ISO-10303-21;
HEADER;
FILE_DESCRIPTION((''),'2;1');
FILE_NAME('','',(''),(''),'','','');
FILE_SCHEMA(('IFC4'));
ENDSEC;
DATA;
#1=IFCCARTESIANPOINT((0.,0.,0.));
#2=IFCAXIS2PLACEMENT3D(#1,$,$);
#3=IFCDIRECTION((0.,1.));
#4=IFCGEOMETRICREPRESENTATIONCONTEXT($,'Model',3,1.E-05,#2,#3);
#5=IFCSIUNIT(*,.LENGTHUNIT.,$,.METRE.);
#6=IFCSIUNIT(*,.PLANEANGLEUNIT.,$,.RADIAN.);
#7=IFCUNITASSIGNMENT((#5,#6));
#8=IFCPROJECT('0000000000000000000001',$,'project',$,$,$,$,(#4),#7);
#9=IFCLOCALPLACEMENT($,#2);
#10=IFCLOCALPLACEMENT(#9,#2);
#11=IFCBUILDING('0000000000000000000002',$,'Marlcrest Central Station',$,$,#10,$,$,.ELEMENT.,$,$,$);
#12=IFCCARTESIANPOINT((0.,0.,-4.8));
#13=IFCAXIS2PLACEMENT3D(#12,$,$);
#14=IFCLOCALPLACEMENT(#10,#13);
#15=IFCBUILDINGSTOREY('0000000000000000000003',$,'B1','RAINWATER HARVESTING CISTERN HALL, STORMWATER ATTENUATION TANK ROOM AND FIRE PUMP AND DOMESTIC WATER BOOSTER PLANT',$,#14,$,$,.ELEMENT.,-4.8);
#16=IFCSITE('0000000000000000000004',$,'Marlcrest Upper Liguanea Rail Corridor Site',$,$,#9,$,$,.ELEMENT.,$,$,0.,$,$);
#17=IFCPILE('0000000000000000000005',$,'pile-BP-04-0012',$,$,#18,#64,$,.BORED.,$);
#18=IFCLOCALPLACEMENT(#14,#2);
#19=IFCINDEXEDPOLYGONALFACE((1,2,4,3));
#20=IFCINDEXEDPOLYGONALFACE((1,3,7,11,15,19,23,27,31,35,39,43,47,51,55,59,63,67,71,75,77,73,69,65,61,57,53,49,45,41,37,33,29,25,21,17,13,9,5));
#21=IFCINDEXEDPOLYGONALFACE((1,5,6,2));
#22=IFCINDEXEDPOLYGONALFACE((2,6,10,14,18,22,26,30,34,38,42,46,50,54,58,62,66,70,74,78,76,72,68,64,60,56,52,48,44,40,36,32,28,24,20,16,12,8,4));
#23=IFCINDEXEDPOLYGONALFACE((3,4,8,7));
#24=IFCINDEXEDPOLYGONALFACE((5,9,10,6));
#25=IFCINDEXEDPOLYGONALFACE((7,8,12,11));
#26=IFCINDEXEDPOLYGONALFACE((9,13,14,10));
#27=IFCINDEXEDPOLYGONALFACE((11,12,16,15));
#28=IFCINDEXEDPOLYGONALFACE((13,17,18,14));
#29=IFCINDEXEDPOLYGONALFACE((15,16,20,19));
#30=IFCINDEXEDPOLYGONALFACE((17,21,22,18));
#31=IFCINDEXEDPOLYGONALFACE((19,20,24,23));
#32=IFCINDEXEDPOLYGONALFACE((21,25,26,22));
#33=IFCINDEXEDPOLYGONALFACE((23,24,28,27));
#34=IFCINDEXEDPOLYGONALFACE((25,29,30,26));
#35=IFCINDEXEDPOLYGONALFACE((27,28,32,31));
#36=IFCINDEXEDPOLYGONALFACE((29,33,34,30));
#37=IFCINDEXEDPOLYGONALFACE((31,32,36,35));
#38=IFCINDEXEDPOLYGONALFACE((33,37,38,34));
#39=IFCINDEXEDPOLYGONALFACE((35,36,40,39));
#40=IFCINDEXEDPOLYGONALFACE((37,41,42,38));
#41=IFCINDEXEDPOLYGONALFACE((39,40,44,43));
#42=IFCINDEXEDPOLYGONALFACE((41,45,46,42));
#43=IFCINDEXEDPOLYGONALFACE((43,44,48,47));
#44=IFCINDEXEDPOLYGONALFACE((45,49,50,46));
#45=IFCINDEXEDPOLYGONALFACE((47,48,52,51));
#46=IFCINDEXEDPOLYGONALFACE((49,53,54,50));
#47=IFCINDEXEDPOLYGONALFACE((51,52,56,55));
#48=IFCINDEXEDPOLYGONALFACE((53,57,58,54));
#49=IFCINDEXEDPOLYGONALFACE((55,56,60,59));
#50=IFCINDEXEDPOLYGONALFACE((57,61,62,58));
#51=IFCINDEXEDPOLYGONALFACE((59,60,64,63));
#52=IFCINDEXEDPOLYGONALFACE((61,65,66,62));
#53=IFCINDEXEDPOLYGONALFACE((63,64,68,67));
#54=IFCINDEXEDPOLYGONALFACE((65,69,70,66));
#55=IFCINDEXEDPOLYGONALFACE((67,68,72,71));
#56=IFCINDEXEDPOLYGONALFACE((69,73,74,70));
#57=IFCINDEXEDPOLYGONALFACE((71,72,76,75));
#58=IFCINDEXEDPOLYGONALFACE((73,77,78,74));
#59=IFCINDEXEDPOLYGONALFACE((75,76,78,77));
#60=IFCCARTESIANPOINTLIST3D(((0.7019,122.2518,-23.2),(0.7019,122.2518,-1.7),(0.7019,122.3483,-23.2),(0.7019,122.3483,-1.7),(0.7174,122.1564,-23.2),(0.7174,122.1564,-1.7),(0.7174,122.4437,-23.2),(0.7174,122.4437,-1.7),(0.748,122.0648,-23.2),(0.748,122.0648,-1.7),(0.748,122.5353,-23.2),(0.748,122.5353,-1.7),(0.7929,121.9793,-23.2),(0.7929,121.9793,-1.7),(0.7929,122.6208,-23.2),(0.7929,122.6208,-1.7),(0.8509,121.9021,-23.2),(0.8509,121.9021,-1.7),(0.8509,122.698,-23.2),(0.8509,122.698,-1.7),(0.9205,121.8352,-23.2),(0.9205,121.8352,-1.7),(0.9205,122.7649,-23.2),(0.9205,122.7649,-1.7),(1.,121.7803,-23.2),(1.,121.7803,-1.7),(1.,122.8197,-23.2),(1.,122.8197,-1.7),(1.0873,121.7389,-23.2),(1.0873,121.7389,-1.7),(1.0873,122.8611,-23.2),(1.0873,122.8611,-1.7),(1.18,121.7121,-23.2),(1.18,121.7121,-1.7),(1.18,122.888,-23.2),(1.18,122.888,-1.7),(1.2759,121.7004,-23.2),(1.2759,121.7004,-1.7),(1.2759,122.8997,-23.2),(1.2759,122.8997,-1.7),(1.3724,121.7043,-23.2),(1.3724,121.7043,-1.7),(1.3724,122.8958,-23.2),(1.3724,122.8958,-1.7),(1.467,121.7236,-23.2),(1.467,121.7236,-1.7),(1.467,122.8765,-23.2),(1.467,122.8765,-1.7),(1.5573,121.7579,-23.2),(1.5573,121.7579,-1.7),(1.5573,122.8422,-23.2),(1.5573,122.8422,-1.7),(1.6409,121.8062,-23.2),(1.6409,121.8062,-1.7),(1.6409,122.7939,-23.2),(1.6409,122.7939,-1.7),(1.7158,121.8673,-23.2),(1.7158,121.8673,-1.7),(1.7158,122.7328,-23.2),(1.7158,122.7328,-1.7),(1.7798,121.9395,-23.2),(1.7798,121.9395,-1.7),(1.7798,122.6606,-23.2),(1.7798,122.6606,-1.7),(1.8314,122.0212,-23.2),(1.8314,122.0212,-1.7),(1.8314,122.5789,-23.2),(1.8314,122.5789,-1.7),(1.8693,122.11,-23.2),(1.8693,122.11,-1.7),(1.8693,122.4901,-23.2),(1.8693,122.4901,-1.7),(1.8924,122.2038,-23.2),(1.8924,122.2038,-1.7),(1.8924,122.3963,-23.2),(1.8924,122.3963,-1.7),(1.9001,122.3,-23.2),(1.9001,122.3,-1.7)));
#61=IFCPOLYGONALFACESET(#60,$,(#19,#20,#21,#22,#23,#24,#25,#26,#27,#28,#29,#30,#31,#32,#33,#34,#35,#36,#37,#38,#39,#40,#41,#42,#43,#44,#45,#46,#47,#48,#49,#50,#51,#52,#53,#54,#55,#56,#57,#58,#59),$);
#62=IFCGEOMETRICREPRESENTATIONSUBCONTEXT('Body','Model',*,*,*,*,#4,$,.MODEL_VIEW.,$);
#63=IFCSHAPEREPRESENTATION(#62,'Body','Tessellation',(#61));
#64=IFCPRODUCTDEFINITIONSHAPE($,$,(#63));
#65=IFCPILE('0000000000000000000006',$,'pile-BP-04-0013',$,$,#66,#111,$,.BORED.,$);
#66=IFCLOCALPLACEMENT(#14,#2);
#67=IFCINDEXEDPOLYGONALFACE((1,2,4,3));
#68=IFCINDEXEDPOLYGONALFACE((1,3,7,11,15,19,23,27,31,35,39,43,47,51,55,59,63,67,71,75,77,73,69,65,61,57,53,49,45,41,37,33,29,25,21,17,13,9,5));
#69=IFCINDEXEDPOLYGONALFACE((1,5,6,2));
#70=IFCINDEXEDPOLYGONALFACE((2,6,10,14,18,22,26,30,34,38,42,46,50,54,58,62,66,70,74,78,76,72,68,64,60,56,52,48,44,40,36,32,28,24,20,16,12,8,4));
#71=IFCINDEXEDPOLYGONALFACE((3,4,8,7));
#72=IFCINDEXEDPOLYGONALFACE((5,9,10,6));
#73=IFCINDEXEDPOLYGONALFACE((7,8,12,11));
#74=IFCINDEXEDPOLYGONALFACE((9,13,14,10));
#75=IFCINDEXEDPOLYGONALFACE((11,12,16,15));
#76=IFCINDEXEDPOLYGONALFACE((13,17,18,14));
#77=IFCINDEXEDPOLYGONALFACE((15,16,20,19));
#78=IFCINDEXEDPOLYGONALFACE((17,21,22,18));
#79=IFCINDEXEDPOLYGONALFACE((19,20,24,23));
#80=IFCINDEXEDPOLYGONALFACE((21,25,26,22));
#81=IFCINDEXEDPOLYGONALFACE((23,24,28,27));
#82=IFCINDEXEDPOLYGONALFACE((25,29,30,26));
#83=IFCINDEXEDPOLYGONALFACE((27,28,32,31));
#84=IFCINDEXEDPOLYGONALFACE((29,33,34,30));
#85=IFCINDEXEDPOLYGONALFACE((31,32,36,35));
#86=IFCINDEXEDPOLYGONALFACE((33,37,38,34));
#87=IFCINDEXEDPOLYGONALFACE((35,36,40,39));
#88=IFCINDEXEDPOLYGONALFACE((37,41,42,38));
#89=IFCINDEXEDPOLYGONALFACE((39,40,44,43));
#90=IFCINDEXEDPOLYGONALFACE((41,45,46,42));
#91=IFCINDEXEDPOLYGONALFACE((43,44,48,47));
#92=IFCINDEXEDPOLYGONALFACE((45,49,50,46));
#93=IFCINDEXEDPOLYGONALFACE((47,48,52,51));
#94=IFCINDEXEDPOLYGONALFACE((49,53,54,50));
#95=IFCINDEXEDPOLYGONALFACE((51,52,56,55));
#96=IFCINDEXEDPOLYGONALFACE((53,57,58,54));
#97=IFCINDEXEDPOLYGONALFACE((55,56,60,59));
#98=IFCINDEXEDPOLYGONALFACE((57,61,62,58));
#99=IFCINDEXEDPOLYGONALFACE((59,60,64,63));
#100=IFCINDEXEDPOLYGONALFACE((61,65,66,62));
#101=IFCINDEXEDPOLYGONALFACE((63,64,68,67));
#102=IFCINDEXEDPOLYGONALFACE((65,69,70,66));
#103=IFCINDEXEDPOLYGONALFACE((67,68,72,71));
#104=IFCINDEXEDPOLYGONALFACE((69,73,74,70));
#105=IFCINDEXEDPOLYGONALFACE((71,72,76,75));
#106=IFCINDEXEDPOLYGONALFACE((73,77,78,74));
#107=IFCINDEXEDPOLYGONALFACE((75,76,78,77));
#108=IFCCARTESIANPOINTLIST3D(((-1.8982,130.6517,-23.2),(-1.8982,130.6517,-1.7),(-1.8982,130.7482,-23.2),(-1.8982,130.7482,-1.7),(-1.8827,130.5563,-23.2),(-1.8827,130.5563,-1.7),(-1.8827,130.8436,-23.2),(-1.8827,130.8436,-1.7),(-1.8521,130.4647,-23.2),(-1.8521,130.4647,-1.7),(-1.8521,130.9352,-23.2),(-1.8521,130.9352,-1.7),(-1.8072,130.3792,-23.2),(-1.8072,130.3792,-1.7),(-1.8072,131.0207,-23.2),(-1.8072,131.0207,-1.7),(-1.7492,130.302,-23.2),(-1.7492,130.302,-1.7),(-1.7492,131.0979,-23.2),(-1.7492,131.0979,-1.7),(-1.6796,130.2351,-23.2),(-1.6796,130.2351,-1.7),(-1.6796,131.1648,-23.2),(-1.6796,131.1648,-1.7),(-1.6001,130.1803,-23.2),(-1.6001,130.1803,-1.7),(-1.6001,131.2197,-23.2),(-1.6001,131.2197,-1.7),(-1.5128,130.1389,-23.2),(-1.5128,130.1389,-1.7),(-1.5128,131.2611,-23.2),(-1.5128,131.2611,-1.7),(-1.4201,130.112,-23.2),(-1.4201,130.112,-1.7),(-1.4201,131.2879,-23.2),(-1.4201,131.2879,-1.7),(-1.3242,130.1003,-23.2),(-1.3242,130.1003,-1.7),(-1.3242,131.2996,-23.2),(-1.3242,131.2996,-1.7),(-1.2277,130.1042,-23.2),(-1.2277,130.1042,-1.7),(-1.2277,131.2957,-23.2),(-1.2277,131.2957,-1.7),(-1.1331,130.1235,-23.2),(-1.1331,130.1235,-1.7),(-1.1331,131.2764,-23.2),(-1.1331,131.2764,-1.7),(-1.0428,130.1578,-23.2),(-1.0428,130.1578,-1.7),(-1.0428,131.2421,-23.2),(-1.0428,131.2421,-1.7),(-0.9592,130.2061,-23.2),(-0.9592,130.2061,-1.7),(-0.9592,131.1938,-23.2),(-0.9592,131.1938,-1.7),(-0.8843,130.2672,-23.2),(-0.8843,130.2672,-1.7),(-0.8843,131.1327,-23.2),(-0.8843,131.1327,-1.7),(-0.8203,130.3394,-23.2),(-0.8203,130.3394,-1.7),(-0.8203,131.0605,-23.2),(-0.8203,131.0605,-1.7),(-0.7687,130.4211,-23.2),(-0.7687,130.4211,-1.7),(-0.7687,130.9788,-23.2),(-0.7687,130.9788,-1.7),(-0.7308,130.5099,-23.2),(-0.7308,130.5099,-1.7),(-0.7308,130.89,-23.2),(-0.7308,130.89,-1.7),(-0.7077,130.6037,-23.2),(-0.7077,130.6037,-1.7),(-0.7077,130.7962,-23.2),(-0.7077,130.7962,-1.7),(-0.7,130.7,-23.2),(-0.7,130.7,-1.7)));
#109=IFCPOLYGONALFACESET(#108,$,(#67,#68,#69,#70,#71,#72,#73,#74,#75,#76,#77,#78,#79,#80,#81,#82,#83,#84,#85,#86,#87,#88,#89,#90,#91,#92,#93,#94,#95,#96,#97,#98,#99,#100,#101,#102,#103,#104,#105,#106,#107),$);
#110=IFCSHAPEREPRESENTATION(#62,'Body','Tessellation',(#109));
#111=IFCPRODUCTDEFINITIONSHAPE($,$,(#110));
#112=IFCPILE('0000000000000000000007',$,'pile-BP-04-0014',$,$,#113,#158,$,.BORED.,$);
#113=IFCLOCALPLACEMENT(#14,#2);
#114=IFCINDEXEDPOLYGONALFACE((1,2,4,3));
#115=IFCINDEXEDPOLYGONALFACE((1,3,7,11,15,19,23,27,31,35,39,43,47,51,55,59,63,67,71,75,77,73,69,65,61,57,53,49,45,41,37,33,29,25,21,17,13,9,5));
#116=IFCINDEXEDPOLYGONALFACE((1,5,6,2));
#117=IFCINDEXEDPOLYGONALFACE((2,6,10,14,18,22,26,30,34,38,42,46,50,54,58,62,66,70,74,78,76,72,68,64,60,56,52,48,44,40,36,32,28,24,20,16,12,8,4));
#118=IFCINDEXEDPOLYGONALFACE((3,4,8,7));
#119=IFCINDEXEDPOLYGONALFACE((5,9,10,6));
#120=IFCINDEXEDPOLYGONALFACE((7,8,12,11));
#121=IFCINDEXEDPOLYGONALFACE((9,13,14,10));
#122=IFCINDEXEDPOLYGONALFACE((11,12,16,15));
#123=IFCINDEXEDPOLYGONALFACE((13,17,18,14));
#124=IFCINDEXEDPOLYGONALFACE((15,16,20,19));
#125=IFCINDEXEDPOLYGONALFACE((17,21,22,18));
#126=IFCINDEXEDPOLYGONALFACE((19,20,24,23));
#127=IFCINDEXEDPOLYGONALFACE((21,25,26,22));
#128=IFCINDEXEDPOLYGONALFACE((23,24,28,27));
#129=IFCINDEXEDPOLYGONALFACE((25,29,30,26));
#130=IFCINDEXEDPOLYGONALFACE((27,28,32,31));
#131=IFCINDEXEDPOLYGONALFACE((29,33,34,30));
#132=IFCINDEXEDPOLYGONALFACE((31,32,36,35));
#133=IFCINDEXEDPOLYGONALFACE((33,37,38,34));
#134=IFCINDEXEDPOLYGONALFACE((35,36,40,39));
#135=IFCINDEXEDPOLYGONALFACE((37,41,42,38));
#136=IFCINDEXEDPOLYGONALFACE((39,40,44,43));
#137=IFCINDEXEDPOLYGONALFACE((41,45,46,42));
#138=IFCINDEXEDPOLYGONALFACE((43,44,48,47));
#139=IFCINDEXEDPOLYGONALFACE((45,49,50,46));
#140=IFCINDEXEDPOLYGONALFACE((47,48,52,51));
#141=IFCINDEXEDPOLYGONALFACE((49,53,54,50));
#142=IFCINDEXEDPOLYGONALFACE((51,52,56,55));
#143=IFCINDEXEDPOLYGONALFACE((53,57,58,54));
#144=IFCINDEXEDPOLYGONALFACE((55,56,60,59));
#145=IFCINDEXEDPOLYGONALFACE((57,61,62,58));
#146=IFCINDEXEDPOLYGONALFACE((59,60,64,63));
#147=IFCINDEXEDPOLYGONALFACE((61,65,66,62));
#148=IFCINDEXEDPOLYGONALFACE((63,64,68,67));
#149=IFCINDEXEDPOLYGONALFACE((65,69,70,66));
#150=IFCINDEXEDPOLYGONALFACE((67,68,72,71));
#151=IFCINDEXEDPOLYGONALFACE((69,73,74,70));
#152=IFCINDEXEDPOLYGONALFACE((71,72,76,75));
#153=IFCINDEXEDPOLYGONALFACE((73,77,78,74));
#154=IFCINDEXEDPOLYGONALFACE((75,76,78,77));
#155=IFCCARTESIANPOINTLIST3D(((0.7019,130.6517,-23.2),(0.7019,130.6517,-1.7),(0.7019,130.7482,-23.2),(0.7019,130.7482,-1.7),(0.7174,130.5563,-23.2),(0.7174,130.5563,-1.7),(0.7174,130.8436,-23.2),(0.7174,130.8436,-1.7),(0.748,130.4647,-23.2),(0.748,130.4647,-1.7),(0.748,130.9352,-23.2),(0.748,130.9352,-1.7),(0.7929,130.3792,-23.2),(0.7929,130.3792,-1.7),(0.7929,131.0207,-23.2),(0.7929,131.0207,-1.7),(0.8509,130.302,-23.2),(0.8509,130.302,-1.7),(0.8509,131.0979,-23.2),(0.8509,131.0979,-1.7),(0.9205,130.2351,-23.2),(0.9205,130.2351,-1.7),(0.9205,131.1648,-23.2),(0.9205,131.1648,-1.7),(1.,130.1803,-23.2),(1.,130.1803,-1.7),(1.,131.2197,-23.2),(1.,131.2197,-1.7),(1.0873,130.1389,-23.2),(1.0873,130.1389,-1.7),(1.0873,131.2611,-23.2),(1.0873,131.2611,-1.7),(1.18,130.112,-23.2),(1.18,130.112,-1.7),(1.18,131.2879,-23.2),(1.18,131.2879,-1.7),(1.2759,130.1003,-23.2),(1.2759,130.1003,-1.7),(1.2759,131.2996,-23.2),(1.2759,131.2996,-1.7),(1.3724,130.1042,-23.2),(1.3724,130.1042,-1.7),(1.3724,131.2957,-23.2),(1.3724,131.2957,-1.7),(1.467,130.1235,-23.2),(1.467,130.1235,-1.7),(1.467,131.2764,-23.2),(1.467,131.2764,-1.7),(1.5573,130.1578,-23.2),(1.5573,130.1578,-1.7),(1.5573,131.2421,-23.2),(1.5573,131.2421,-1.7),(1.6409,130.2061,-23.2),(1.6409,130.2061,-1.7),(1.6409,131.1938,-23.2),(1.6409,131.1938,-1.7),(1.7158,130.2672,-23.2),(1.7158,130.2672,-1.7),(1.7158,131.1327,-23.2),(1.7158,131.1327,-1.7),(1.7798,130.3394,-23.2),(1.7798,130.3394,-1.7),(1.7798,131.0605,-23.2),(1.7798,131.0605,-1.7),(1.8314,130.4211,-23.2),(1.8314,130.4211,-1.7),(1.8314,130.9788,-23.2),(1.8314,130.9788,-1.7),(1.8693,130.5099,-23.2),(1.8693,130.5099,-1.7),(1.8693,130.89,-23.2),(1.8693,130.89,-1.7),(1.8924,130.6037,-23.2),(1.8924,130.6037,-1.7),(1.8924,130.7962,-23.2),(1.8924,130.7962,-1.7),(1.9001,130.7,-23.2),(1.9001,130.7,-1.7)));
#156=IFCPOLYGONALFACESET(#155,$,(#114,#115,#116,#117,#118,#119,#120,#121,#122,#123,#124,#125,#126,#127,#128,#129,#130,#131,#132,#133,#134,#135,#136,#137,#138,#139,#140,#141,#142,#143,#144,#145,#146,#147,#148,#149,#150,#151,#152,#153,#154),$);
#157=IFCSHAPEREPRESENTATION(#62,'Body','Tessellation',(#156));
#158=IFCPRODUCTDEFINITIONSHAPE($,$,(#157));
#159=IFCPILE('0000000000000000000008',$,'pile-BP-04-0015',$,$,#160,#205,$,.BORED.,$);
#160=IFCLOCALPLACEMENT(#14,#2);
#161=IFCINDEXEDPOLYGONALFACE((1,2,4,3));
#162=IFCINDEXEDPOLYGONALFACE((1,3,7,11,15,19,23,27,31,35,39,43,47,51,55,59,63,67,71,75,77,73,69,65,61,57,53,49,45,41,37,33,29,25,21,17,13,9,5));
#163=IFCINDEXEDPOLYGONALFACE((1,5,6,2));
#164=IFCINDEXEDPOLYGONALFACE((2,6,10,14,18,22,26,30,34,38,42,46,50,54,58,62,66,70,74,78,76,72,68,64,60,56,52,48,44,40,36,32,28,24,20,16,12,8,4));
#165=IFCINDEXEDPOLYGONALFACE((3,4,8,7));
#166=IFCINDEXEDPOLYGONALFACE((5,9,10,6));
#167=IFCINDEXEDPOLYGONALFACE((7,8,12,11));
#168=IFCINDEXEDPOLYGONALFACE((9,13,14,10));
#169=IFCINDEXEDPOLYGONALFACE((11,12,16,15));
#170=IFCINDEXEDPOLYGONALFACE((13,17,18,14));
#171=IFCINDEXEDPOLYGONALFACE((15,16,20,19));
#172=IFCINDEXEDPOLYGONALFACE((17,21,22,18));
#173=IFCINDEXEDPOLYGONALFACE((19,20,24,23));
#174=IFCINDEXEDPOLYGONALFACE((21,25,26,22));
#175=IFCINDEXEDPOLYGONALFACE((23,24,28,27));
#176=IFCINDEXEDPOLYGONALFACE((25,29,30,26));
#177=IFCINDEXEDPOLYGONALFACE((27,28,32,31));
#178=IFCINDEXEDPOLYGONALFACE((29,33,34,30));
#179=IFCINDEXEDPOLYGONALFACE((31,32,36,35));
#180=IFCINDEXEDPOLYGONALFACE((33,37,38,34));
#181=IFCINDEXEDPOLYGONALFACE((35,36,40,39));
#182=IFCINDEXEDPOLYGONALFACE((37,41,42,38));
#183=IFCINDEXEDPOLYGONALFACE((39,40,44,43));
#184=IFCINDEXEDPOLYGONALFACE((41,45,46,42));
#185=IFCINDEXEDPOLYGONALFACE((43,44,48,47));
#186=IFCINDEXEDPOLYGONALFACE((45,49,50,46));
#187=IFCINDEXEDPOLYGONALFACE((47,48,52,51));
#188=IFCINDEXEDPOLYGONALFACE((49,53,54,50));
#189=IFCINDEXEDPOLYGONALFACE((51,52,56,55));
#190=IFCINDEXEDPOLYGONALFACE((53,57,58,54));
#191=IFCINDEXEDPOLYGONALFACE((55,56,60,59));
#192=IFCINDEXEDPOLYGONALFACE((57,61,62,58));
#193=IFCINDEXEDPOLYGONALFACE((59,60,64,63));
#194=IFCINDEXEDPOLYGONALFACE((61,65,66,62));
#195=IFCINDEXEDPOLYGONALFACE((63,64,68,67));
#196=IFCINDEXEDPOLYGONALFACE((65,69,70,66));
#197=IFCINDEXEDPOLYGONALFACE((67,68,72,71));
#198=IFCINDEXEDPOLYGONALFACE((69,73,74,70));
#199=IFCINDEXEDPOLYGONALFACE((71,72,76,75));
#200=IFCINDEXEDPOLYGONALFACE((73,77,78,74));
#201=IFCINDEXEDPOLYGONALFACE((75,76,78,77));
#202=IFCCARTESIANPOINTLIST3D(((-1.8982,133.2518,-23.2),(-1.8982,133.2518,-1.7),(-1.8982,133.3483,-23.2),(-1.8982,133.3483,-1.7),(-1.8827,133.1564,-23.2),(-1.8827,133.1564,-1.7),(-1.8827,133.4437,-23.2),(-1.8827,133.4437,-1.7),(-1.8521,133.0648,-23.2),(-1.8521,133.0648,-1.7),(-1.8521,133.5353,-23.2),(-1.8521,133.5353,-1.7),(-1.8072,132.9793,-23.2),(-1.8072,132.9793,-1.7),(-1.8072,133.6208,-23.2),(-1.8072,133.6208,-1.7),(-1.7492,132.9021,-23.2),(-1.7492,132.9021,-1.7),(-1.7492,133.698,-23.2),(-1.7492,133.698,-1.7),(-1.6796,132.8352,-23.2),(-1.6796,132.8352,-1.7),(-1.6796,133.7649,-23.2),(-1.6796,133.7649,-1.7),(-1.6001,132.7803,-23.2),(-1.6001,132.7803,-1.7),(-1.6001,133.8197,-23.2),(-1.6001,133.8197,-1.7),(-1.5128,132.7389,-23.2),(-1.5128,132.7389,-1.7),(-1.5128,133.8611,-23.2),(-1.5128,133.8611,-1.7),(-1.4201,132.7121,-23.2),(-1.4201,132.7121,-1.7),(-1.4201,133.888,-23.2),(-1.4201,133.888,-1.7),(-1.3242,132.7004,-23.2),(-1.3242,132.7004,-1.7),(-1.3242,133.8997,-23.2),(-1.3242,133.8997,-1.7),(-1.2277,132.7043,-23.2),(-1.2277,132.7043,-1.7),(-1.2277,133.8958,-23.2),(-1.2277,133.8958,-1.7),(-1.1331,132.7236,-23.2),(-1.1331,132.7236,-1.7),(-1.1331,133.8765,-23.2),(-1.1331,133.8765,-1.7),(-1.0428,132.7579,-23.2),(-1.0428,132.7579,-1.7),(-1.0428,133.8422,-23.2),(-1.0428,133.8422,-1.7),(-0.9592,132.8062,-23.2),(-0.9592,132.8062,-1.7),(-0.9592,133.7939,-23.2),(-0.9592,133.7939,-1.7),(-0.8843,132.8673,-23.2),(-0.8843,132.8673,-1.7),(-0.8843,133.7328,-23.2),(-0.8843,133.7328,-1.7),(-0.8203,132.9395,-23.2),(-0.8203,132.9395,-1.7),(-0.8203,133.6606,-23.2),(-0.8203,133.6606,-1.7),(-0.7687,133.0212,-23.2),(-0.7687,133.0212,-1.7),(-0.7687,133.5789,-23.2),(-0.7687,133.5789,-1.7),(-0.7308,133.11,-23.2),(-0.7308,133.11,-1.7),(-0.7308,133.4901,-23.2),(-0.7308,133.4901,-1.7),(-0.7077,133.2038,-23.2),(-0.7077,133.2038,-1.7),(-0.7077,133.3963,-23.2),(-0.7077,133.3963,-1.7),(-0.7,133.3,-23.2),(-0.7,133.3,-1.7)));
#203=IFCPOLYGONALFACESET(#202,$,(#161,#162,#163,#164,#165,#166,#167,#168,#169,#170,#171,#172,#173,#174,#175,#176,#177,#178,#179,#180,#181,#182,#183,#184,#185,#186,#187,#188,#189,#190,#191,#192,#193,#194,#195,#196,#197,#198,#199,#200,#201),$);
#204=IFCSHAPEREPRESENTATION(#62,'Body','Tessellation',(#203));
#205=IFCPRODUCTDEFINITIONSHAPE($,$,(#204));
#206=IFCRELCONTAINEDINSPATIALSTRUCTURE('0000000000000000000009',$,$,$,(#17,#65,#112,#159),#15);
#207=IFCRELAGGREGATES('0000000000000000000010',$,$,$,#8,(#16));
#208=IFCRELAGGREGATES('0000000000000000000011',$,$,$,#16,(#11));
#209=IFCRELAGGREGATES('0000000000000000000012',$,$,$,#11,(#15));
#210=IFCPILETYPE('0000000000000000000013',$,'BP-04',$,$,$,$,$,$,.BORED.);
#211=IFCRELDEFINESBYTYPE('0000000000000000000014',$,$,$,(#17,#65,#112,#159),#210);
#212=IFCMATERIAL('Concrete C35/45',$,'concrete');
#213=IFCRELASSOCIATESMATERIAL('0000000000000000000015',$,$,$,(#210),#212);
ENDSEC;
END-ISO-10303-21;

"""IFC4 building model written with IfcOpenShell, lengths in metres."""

from ifc_helpers import new_model, si_unit, direction, frame, origin, origin_2d, place, context, subcontext, project, spatial, circle, extrude, material, material_profile, profile_set, type_object, element, save


model = new_model("IFC4")

# Units and contexts
model_context = context("Model", 3, precision=1e-05, world=origin(), true_north=direction((0.0, 1.0)))
body_context = subcontext(model_context, "Body", "Model", "MODEL_VIEW")
ifc_project = project(units=[si_unit("LENGTHUNIT", "METRE"), si_unit("PLANEANGLEUNIT", "RADIAN")], contexts=[model_context])

# Site, building, storey
site_placement = place(None, origin())
site = spatial("IfcSite", under=ifc_project, at=site_placement, Name="Marlcrest Upper Liguanea Rail Corridor Site", CompositionType="ELEMENT", RefElevation=0.0)
building_placement = place(site_placement, origin())
building = spatial("IfcBuilding", under=site, at=building_placement, Name="Marlcrest Central Station", CompositionType="ELEMENT")
storey_placement = place(building_placement, frame((0.0, 0.0, -4.8)))
storey = spatial("IfcBuildingStorey", under=building, at=storey_placement, Name="B1", Description="RAINWATER HARVESTING CISTERN HALL, STORMWATER ATTENUATION TANK ROOM AND FIRE PUMP AND DOMESTIC WATER BOOSTER PLANT", CompositionType="ELEMENT", Elevation=-4.8)

# Piles
ifc_material_1 = material(Name="Concrete C35/45", Category="concrete")
ifc_material_profile_1 = material_profile(ifc_material_1, circle(Radius=0.6001, at=origin_2d()), Name="PILE D1200")
ifc_profile_set_1 = profile_set([ifc_material_profile_1], Name="Concrete C35/45")
pile_type = type_object("IfcPileType", Name="BP-04", PredefinedType="BORED", material=ifc_profile_set_1)
for number, where, z_axis, x_axis, name in (
    (1, (1.3, 122.3, -1.7), (0.0, 0.0, -1.0), (1.0, 0.0, 0.0), "pile-BP-04-0012"),
    (2, (-1.3, 130.7, -1.7), (0.0, 0.0, -1.0), (1.0, 0.0, 0.0), "pile-BP-04-0013"),
    (3, (1.3, 130.7, -1.7), (0.0, 0.0, -1.0), (1.0, 0.0, 0.0), "pile-BP-04-0014"),
    (4, (-1.3, 133.3, -1.7), (0.0, 0.0, -1.0), (1.0, 0.0, 0.0), "pile-BP-04-0015"),
):
    element("IfcPile", number, at=place(storey_placement, frame(where, z_axis=z_axis, x_axis=x_axis)), inside=storey, type_object=pile_type, Name=name, PredefinedType="BORED", context=body_context, shape_type="SweptSolid", body=[
        extrude(circle(Radius=0.6001, at=origin_2d()), origin(), (0.0, 0.0, 1.0), 21.5),
    ])

save(model, "model.ifc")
